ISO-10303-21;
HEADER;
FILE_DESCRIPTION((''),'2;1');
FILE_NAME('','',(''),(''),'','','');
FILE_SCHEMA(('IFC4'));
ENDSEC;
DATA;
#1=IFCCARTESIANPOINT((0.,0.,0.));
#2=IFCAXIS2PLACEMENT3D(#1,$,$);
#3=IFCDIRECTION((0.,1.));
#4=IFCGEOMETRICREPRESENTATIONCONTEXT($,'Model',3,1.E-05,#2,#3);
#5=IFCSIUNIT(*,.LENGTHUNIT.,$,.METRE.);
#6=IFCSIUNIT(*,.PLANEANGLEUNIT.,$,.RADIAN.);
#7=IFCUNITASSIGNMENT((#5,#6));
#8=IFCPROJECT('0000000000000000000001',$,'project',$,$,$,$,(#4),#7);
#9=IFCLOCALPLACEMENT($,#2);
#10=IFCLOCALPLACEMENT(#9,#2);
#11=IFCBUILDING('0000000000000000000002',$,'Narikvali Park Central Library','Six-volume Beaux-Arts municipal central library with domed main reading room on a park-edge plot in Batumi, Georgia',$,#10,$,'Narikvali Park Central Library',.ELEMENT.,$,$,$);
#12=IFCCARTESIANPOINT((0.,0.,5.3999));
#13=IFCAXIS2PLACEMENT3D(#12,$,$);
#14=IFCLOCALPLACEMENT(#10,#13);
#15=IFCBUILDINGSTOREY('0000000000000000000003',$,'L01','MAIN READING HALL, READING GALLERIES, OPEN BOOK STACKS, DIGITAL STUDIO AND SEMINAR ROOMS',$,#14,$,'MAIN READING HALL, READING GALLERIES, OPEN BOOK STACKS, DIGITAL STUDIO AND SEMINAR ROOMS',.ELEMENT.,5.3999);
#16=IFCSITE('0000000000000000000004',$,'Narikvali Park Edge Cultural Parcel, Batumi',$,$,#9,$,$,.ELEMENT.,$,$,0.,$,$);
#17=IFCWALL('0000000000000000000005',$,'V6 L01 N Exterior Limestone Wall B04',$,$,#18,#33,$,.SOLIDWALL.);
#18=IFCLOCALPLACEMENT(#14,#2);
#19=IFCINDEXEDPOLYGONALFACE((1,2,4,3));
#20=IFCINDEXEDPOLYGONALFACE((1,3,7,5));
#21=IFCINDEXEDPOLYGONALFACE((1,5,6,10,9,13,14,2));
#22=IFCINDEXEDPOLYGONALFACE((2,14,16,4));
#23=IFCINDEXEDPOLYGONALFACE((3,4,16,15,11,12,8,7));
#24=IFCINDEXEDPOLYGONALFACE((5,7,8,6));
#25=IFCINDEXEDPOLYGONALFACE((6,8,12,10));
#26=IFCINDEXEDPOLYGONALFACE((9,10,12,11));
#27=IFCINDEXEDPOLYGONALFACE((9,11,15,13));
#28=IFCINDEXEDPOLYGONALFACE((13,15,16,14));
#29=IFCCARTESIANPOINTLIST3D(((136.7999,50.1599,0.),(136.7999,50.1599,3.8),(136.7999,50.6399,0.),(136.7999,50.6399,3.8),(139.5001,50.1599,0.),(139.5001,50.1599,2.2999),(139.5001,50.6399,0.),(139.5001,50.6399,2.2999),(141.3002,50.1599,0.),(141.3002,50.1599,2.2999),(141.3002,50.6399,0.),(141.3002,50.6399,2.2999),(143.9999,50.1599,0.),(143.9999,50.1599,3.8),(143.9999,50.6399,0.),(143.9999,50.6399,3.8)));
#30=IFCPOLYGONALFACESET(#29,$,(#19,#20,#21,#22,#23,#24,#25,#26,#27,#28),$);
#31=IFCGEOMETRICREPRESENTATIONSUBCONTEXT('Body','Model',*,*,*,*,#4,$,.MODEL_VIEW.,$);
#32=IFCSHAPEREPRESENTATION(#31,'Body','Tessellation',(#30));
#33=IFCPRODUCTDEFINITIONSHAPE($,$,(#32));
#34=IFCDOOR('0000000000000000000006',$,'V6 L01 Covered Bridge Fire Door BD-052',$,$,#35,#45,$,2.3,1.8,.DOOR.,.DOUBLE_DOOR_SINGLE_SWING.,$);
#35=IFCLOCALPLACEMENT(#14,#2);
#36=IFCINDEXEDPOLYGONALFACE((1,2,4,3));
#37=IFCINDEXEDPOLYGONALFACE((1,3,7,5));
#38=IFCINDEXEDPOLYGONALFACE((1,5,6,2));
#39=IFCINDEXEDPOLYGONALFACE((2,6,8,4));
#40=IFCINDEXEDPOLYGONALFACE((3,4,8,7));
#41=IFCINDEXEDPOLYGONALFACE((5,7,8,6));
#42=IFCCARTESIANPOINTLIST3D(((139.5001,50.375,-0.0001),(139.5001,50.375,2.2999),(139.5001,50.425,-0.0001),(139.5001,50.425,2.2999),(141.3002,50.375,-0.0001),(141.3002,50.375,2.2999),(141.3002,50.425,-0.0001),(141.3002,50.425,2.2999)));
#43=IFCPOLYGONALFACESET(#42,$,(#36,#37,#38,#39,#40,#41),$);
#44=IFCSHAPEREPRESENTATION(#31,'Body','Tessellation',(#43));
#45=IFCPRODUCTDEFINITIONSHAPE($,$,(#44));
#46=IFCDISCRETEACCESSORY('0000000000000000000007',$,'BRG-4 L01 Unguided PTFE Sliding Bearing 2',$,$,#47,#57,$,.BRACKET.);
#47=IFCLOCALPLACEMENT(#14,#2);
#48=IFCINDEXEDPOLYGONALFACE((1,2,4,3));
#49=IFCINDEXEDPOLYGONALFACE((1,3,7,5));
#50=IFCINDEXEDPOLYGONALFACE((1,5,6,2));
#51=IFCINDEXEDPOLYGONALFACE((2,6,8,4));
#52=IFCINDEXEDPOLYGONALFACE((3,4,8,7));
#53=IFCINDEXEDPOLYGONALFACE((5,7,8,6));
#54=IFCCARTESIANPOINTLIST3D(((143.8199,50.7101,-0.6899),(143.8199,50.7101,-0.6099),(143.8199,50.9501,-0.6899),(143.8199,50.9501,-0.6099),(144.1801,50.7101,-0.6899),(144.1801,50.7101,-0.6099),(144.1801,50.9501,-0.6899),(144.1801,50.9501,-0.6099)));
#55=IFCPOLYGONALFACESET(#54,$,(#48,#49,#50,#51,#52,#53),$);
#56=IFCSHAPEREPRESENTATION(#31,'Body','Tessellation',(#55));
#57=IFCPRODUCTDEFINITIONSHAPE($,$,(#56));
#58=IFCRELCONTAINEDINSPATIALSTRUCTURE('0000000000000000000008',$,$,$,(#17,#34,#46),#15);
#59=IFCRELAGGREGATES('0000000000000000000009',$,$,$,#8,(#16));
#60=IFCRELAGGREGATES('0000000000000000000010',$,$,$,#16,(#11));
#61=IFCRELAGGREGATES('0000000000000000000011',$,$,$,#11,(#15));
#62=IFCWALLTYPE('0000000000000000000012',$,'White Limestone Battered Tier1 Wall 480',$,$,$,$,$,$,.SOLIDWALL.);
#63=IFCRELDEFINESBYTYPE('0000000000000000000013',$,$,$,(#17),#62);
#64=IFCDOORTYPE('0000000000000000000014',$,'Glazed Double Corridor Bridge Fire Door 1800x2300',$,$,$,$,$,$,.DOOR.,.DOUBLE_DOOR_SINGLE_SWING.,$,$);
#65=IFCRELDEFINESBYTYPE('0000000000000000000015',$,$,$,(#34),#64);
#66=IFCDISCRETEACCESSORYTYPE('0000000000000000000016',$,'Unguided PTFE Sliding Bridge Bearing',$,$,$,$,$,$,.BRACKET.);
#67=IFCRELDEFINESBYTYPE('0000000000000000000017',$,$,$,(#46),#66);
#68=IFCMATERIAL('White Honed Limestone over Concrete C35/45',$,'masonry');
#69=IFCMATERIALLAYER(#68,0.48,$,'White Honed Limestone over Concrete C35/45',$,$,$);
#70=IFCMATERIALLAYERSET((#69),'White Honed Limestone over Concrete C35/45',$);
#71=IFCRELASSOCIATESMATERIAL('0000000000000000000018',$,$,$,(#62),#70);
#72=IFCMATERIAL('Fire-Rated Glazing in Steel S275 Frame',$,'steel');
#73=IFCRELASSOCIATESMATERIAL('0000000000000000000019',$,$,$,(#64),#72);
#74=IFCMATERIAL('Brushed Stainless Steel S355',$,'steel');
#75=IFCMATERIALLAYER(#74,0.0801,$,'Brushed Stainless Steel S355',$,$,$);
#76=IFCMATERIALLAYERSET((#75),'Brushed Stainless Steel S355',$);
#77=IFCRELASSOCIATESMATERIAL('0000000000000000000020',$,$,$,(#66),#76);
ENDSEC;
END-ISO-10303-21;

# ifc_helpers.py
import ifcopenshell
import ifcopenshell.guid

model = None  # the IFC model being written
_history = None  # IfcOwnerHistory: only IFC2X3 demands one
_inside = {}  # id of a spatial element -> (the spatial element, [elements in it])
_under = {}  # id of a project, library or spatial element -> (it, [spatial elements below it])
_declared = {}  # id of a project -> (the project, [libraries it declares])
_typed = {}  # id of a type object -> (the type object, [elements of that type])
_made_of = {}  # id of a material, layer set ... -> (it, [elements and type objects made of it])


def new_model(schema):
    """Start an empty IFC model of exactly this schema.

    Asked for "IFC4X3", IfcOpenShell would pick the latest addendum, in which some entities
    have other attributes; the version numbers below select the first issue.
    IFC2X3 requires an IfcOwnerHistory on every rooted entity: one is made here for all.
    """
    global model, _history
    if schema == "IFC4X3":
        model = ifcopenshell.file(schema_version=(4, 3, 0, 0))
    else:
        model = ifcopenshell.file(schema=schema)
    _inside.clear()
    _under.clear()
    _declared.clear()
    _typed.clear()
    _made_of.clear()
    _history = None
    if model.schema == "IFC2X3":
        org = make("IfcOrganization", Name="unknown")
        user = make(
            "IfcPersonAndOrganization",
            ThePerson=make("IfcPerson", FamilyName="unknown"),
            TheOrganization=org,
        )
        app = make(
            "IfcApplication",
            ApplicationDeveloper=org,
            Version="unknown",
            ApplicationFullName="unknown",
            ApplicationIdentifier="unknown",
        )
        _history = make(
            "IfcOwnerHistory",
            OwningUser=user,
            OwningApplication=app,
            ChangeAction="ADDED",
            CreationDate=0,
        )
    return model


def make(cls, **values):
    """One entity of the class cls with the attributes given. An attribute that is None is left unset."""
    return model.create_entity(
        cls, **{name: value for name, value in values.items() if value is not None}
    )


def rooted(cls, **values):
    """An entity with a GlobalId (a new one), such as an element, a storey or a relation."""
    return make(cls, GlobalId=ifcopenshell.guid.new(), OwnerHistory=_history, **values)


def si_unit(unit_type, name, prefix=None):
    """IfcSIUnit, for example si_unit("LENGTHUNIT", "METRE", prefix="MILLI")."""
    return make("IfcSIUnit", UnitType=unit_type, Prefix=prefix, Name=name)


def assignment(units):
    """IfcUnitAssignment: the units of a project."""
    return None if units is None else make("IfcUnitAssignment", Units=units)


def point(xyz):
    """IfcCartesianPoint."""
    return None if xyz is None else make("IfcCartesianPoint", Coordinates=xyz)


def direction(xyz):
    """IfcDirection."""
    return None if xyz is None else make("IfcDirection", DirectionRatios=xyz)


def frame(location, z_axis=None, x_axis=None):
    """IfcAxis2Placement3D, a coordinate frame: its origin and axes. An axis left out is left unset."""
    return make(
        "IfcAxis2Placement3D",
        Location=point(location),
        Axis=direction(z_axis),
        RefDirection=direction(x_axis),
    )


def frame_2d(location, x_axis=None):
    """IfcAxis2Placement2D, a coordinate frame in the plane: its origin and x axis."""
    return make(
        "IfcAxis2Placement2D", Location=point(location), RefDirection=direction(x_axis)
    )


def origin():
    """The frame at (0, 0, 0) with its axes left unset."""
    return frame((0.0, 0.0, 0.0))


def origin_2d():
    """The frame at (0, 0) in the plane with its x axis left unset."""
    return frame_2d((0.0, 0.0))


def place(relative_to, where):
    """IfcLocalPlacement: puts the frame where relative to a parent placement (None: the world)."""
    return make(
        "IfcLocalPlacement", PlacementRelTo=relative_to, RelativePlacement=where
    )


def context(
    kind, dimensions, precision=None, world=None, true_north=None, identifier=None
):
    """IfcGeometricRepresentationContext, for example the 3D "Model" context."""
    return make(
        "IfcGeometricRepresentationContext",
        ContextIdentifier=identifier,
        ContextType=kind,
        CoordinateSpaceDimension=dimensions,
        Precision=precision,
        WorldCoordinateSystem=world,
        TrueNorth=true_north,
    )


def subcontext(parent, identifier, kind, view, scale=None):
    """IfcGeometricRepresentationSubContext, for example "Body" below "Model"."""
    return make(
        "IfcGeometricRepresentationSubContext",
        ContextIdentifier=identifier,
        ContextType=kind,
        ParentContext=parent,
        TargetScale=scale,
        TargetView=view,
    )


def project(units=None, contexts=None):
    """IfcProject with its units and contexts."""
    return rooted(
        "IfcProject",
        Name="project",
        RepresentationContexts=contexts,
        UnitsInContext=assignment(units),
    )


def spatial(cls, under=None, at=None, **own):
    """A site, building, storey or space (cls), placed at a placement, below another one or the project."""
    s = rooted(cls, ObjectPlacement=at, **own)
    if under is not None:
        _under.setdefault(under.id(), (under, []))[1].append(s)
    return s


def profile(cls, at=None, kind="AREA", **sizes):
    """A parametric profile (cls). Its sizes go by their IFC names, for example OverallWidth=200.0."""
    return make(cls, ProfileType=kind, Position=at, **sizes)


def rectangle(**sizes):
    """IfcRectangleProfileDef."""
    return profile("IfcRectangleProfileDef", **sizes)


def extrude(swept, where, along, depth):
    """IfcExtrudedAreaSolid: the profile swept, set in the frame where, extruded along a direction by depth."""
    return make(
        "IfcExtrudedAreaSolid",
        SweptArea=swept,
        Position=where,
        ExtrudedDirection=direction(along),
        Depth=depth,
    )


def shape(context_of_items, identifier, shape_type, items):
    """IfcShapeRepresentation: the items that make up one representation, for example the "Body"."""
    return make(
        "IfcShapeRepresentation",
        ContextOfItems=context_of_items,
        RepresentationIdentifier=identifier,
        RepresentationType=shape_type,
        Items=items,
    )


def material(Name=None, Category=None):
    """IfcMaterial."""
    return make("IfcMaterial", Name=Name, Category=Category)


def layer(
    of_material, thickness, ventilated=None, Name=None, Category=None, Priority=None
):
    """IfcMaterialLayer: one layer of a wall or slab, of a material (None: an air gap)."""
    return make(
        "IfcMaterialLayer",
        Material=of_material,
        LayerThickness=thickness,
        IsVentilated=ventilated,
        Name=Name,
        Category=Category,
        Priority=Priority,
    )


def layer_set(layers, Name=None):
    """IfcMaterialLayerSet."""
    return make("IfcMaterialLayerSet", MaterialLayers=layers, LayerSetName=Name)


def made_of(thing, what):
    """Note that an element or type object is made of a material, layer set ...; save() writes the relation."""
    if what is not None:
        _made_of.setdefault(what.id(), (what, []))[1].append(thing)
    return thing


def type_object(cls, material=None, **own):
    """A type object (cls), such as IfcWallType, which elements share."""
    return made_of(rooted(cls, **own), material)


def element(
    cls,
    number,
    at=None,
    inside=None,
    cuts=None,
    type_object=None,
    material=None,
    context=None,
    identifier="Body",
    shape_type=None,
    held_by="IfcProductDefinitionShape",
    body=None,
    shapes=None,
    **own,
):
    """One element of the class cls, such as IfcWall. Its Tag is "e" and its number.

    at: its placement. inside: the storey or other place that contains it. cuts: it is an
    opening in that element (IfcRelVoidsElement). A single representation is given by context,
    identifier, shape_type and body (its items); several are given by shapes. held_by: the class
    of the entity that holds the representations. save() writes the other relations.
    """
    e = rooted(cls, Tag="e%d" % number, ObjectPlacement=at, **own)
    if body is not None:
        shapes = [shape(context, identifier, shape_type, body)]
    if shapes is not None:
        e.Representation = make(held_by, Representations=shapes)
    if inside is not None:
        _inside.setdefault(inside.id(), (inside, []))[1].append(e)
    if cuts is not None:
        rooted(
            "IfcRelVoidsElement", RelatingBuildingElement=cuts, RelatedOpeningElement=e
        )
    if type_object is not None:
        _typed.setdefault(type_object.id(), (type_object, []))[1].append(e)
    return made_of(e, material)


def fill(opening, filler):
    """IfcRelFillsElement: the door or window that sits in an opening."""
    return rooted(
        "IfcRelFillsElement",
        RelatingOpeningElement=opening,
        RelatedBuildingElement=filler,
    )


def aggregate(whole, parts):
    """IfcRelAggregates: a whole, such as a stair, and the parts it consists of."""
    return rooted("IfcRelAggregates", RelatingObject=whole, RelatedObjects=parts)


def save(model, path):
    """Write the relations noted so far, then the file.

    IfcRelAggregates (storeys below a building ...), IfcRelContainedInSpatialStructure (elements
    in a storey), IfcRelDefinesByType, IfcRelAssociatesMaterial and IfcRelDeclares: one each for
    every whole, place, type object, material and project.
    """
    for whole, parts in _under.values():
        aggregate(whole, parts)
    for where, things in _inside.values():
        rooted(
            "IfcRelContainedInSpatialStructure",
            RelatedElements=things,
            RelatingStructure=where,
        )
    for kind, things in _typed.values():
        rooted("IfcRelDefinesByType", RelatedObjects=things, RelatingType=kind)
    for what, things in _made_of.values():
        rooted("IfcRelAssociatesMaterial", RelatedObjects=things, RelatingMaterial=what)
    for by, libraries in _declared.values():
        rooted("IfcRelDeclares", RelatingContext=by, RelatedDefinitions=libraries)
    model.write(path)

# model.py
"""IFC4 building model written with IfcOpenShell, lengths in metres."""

from ifc_helpers import new_model, si_unit, direction, frame, frame_2d, origin, origin_2d, place, context, subcontext, project, spatial, rectangle, extrude, material, layer, layer_set, type_object, element, fill, save


model = new_model("IFC4")

# Units and contexts
model_context = context("Model", 3, precision=1e-05, world=origin(), true_north=direction((0.0, 1.0)))
body_context = subcontext(model_context, "Body", "Model", "MODEL_VIEW")
ifc_project = project(units=[si_unit("LENGTHUNIT", "METRE"), si_unit("PLANEANGLEUNIT", "RADIAN")], contexts=[model_context])

# Site, building, storey
site_placement = place(None, origin())
site = spatial("IfcSite", under=ifc_project, at=site_placement, Name="Narikvali Park Edge Cultural Parcel, Batumi", CompositionType="ELEMENT", RefElevation=0.0)
building_placement = place(site_placement, origin())
building = spatial("IfcBuilding", under=site, at=building_placement, Name="Narikvali Park Central Library", Description="Six-volume Beaux-Arts municipal central library with domed main reading room on a park-edge plot in Batumi, Georgia", LongName="Narikvali Park Central Library", CompositionType="ELEMENT")
storey_placement = place(building_placement, frame((0.0, 0.0, 5.3999)))
storey = spatial("IfcBuildingStorey", under=building, at=storey_placement, Name="L01", Description="MAIN READING HALL, READING GALLERIES, OPEN BOOK STACKS, DIGITAL STUDIO AND SEMINAR ROOMS", LongName="MAIN READING HALL, READING GALLERIES, OPEN BOOK STACKS, DIGITAL STUDIO AND SEMINAR ROOMS", CompositionType="ELEMENT", Elevation=5.3999)

# Wall, opening, door
ifc_material_1 = material(Name="White Honed Limestone over Concrete C35/45", Category="masonry")
ifc_layer_1 = layer(ifc_material_1, 0.48, Name="White Honed Limestone over Concrete C35/45")
ifc_layer_set_1 = layer_set([ifc_layer_1], Name="White Honed Limestone over Concrete C35/45")
wall_type_1 = type_object("IfcWallType", Name="White Limestone Battered Tier1 Wall 480", PredefinedType="SOLIDWALL", material=ifc_layer_set_1)
wall_1_placement = place(storey_placement, frame((144.0, 50.3999, 0.0), z_axis=(0.0, 0.0, 1.0), x_axis=(-1.0, 0.0, 0.0)))
wall_1 = element("IfcWall", 1, at=wall_1_placement, inside=storey, type_object=wall_type_1, Name="V6 L01 N Exterior Limestone Wall B04", PredefinedType="SOLIDWALL", context=body_context, shape_type="SweptSolid", body=[
    extrude(rectangle(XDim=7.2, YDim=0.48, at=frame_2d((3.6001, 0.0))), origin(), (0.0, 0.0, 1.0), 3.8),
])
opening_placement = place(wall_1_placement, frame((2.7, 0.0, 0.0)))
opening = element("IfcOpeningElement", 2, at=opening_placement, cuts=wall_1, PredefinedType="OPENING", context=body_context, shape_type="SweptSolid", body=[
    extrude(rectangle(XDim=1.8, YDim=2.3, at=frame_2d((0.8999, 1.1499))), frame((0.0, 0.252, 0.0), z_axis=(0.0, -1.0, 0.0), x_axis=(1.0, 0.0, 0.0)), (0.0, 0.0, 1.0), 0.5039),
])
ifc_material_2 = material(Name="Fire-Rated Glazing in Steel S275 Frame", Category="steel")
door_type = type_object("IfcDoorType", Name="Glazed Double Corridor Bridge Fire Door 1800x2300", OperationType="DOUBLE_DOOR_SINGLE_SWING", PredefinedType="DOOR", material=ifc_material_2)
door_placement = place(opening_placement, origin())
door = element("IfcDoor", 3, at=door_placement, inside=storey, type_object=door_type, Name="V6 L01 Covered Bridge Fire Door BD-052", OperationType="DOUBLE_DOOR_SINGLE_SWING", OverallHeight=2.3, OverallWidth=1.8, PredefinedType="DOOR", context=body_context, shape_type="SweptSolid", body=[
    extrude(rectangle(XDim=1.8, YDim=2.3, at=frame_2d((0.8999, 1.1499))), frame((0.0, 0.0249, 0.0), z_axis=(0.0, -1.0, 0.0), x_axis=(1.0, 0.0, 0.0)), (0.0, 0.0, 1.0), 0.05),
])
fill(opening, door)

# Discrete accessory
ifc_material_3 = material(Name="Brushed Stainless Steel S355", Category="steel")
ifc_layer_2 = layer(ifc_material_3, 0.0801, Name="Brushed Stainless Steel S355")
ifc_layer_set_2 = layer_set([ifc_layer_2], Name="Brushed Stainless Steel S355")
discrete_accessory_type = type_object("IfcDiscreteAccessoryType", Name="Unguided PTFE Sliding Bridge Bearing", PredefinedType="BRACKET", material=ifc_layer_set_2)
discrete_accessory_placement = place(storey_placement, frame((144.0, 50.8301, -0.6899), z_axis=(0.0, 0.0, 1.0), x_axis=(1.0, 0.0, 0.0)))
element("IfcDiscreteAccessory", 4, at=discrete_accessory_placement, inside=storey, type_object=discrete_accessory_type, Name="BRG-4 L01 Unguided PTFE Sliding Bearing 2", PredefinedType="BRACKET", context=body_context, shape_type="SweptSolid", body=[
    extrude(rectangle(XDim=0.3601, YDim=0.24, at=origin_2d()), origin(), (0.0, 0.0, 1.0), 0.0801),
])

save(model, "model.ifc")
